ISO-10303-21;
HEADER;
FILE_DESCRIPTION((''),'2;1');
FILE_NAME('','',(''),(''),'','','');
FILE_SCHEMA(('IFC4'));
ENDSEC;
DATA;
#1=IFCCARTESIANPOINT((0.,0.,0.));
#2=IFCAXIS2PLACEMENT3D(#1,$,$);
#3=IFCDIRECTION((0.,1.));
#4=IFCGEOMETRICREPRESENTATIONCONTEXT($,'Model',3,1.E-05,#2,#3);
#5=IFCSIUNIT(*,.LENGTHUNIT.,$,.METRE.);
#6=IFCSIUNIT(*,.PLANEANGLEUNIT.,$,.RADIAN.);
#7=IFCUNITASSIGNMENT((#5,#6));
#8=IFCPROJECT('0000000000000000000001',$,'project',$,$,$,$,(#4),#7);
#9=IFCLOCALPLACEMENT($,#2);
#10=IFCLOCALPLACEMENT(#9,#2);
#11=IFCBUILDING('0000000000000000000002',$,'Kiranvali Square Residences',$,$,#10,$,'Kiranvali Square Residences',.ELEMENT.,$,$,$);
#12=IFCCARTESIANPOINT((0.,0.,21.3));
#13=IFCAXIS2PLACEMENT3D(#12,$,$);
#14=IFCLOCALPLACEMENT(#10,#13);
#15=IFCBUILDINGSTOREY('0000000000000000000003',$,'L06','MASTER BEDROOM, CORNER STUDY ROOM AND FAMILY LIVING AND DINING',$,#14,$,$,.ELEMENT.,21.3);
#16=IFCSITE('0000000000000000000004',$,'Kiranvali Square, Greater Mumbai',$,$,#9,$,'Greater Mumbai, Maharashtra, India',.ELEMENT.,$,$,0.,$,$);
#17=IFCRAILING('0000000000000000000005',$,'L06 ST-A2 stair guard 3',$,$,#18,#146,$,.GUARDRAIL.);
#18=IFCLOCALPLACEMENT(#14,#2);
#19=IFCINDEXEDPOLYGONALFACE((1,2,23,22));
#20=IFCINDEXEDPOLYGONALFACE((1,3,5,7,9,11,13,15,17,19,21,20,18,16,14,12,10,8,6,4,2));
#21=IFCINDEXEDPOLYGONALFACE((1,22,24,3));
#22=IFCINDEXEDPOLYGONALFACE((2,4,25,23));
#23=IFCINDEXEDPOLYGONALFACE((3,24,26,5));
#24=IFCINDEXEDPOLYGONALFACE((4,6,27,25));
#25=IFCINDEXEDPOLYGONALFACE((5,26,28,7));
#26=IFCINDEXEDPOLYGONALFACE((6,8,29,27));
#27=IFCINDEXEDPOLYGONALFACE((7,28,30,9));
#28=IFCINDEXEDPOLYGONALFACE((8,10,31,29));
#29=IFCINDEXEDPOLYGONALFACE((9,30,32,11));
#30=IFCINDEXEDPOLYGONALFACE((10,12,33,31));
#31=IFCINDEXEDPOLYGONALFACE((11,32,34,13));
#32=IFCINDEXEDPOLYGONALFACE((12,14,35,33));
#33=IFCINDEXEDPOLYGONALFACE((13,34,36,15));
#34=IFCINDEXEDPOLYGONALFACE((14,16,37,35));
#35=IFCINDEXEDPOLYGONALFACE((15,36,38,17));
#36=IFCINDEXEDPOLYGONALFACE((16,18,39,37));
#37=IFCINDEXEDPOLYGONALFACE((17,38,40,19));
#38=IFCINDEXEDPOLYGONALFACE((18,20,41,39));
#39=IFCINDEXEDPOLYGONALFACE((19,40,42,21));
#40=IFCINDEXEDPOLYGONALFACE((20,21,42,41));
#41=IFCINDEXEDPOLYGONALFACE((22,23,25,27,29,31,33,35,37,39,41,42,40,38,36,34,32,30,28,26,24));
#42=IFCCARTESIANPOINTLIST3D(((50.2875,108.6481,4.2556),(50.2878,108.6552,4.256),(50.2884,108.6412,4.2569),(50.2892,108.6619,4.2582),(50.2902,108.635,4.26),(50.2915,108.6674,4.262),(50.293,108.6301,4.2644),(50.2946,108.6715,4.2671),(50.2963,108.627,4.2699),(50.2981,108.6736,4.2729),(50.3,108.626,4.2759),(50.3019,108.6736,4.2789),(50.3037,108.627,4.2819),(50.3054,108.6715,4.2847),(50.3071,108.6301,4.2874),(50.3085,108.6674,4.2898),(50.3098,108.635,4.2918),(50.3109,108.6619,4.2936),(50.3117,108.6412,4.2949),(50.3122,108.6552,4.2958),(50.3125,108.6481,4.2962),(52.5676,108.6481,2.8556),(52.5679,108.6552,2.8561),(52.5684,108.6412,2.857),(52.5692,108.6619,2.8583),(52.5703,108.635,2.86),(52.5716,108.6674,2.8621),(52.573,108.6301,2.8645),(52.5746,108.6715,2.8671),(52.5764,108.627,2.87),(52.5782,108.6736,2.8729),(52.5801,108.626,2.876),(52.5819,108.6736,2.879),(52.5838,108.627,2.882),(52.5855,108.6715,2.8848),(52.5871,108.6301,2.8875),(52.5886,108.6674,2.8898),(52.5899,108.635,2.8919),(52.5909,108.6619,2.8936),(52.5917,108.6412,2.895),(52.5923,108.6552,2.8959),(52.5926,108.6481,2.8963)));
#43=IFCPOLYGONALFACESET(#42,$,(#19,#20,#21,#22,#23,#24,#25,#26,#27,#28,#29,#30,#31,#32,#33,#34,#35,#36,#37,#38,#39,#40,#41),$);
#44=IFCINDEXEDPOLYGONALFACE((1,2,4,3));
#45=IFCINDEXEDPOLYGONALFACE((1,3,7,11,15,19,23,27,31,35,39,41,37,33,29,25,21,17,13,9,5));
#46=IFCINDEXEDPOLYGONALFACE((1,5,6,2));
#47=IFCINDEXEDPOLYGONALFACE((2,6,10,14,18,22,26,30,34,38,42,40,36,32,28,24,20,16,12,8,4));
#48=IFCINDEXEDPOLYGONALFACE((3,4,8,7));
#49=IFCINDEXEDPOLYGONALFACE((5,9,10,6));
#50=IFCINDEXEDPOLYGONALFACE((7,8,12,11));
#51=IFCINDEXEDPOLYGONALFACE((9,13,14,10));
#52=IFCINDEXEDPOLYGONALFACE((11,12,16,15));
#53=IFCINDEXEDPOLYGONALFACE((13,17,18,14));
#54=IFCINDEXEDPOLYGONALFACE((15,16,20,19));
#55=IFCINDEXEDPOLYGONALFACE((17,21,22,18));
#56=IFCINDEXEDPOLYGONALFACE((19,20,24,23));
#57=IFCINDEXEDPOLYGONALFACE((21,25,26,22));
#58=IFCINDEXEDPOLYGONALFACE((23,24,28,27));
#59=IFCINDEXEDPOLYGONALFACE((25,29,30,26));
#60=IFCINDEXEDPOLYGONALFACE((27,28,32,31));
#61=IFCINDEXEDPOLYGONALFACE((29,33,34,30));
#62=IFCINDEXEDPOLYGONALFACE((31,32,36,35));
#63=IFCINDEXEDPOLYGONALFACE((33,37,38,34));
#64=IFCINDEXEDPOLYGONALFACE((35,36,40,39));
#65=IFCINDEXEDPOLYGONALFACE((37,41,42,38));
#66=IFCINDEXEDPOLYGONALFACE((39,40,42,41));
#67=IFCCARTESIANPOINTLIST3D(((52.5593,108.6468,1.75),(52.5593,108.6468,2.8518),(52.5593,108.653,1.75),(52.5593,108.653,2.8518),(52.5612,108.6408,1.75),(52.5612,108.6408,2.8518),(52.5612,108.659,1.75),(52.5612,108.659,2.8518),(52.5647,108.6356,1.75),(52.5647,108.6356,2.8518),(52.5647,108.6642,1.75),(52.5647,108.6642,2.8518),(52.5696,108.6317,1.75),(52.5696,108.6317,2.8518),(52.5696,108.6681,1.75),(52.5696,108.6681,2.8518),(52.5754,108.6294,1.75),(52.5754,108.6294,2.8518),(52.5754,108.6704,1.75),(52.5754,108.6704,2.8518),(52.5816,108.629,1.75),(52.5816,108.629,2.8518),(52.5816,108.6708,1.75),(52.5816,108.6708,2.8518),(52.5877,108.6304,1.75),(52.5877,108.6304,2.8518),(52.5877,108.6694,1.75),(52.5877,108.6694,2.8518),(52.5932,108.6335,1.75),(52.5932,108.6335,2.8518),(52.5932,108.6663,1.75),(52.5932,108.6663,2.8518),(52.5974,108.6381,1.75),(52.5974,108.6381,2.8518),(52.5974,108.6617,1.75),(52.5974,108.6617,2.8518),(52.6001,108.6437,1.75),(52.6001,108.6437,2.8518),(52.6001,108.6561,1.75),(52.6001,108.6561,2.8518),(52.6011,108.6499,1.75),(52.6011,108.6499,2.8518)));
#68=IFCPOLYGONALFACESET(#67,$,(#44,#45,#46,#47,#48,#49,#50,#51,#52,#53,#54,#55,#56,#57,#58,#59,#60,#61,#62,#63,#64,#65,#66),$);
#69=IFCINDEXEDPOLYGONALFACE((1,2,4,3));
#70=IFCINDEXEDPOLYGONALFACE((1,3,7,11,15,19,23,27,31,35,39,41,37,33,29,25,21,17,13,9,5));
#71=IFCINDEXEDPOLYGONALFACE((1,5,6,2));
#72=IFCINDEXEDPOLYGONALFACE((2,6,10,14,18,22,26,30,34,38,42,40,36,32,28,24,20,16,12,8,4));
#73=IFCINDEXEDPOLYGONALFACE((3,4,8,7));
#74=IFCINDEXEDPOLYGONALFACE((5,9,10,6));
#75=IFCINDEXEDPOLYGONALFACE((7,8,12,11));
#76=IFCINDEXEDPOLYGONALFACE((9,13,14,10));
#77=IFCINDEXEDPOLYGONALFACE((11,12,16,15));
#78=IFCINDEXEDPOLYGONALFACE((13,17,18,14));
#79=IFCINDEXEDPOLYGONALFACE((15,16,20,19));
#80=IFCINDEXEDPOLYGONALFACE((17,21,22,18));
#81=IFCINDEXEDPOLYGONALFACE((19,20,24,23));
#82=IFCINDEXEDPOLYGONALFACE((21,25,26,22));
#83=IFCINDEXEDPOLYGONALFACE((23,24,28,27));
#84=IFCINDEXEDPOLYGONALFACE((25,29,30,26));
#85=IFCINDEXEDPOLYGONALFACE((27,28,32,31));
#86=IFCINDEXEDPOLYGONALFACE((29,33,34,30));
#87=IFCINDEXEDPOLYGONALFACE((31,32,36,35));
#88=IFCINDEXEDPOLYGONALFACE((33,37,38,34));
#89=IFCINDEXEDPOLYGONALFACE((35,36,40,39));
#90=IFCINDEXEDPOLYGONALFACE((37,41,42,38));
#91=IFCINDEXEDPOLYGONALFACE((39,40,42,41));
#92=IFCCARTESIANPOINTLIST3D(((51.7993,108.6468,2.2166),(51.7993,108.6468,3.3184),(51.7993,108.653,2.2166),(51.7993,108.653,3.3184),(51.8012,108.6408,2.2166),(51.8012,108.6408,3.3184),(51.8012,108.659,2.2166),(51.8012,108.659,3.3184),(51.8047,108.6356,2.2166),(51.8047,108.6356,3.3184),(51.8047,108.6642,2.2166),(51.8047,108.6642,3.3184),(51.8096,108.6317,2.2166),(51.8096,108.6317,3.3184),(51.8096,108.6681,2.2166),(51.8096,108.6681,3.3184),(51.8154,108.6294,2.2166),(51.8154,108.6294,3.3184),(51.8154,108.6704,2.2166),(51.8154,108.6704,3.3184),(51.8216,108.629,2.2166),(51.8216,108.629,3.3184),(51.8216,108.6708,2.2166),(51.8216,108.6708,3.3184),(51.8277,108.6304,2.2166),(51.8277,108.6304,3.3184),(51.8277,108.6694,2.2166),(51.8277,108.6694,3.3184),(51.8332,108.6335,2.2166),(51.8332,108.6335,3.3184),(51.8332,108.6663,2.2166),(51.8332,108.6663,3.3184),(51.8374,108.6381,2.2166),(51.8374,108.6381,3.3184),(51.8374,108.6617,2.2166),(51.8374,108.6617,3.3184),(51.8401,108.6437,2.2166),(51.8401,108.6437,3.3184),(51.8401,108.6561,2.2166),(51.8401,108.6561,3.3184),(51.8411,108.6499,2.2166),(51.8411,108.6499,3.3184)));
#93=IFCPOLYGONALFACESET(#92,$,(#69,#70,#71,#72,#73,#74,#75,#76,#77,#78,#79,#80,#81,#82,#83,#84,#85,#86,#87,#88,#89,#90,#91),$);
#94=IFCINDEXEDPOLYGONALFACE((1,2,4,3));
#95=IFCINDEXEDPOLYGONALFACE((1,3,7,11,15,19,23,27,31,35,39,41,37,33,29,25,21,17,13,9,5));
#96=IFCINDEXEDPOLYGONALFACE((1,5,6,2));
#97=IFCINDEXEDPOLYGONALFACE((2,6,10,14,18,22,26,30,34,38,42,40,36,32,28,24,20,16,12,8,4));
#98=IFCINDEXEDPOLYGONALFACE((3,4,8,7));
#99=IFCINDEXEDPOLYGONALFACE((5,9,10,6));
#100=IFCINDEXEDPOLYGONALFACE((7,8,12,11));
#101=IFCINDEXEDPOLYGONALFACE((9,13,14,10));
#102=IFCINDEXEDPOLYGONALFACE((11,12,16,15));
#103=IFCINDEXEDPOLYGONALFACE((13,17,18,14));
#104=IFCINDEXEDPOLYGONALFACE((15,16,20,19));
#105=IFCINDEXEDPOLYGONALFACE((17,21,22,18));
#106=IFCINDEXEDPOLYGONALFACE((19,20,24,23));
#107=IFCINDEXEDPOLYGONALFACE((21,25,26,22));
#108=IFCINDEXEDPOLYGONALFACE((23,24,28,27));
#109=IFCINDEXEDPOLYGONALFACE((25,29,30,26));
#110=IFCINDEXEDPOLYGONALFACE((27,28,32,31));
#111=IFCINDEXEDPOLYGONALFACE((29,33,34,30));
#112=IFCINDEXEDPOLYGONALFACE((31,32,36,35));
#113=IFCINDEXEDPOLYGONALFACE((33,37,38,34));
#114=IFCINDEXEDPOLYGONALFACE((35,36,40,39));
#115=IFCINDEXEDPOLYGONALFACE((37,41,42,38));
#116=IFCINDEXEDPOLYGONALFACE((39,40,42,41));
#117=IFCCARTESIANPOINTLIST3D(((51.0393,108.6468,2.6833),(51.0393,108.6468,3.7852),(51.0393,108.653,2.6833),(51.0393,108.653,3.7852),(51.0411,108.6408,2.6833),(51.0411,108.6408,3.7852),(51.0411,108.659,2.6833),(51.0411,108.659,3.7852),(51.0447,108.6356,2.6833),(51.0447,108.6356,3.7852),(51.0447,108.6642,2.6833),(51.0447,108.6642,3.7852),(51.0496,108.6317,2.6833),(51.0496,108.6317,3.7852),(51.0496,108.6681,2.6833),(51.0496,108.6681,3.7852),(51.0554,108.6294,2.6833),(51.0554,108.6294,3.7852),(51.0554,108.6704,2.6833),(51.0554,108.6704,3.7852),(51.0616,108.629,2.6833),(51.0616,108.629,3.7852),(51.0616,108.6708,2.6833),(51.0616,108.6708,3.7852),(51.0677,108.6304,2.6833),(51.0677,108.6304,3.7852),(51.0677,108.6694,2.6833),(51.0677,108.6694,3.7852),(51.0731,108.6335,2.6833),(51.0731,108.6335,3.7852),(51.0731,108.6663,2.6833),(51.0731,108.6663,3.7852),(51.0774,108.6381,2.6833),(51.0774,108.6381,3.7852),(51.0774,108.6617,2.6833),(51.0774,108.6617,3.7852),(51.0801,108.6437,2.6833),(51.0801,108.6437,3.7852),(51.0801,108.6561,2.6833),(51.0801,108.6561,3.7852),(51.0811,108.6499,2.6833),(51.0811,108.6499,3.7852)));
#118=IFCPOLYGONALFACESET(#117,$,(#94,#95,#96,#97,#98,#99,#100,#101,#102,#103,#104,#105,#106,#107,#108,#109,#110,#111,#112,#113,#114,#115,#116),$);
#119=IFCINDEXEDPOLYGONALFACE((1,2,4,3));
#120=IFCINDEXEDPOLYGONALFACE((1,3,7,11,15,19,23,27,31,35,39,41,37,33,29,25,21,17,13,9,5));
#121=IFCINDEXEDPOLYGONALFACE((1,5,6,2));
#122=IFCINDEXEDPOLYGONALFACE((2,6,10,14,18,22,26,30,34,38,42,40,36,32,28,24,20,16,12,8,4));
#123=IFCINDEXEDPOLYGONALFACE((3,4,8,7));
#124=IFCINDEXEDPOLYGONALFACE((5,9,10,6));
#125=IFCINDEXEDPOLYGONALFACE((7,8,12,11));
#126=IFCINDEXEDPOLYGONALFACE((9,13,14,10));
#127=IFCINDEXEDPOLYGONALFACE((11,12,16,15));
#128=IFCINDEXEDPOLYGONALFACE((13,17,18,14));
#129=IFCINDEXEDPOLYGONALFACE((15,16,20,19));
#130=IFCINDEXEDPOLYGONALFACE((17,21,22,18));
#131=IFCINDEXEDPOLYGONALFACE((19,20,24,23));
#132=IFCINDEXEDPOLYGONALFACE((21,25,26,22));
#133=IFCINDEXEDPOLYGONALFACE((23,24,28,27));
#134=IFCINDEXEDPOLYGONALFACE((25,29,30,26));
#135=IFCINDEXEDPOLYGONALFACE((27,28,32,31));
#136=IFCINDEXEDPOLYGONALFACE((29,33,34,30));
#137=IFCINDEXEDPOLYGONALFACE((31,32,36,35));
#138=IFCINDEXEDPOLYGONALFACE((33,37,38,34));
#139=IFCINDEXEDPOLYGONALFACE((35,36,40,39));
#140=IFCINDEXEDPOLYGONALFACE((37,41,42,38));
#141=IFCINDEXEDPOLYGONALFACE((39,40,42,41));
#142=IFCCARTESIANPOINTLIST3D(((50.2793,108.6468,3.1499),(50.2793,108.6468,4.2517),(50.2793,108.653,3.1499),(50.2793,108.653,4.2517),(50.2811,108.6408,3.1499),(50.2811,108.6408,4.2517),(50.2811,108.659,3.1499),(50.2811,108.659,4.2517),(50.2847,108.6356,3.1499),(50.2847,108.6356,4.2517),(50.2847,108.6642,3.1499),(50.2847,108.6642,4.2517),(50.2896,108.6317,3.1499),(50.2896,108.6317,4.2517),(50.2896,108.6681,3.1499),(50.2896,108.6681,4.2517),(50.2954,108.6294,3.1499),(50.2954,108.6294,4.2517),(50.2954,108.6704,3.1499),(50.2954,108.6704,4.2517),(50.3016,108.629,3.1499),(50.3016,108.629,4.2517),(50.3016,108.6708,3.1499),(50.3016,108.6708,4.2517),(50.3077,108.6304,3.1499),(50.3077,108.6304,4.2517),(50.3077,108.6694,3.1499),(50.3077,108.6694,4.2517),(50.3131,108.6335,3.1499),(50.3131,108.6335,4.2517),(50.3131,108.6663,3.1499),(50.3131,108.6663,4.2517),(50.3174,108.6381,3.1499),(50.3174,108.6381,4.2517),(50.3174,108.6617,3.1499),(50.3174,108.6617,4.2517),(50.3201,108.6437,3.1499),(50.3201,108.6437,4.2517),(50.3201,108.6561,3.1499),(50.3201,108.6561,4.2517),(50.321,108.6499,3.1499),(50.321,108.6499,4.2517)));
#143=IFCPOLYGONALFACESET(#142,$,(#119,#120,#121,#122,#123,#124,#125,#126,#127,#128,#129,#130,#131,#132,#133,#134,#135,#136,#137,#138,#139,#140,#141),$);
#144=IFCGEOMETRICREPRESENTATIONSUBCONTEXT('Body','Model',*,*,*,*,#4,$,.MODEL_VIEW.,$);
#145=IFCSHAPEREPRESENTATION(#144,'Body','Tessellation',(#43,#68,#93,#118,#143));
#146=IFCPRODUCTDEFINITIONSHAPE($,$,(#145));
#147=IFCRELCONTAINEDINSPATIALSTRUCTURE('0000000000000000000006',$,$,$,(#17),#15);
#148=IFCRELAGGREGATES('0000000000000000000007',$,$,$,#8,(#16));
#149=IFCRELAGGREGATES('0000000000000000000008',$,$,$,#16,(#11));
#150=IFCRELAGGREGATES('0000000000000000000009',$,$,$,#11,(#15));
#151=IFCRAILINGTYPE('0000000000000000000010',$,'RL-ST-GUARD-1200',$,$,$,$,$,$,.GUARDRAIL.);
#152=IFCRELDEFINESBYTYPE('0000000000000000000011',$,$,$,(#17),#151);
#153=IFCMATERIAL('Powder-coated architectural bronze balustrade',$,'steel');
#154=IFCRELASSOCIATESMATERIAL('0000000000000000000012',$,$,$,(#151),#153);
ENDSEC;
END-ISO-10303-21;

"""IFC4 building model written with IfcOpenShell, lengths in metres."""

from ifc_helpers import new_model, si_unit, direction, frame, origin, origin_2d, place, context, subcontext, project, spatial, circle, extrude, material, type_object, element, save


model = new_model("IFC4")

# Units and contexts
model_context = context("Model", 3, precision=1e-05, world=origin(), true_north=direction((0.0, 1.0)))
body_context = subcontext(model_context, "Body", "Model", "MODEL_VIEW")
ifc_project = project(units=[si_unit("LENGTHUNIT", "METRE"), si_unit("PLANEANGLEUNIT", "RADIAN")], contexts=[model_context])

# Site, building, storey
site_placement = place(None, origin())
site = spatial("IfcSite", under=ifc_project, at=site_placement, Name="Kiranvali Square, Greater Mumbai", LongName="Greater Mumbai, Maharashtra, India", CompositionType="ELEMENT", RefElevation=0.0)
building_placement = place(site_placement, origin())
building = spatial("IfcBuilding", under=site, at=building_placement, Name="Kiranvali Square Residences", LongName="Kiranvali Square Residences", CompositionType="ELEMENT")
storey_placement = place(building_placement, frame((0.0, 0.0, 21.3)))
storey = spatial("IfcBuildingStorey", under=building, at=storey_placement, Name="L06", Description="MASTER BEDROOM, CORNER STUDY ROOM AND FAMILY LIVING AND DINING", CompositionType="ELEMENT", Elevation=21.3)

# Railing
ifc_material_1 = material(Name="Powder-coated architectural bronze balustrade", Category="steel")
railing_type_1 = type_object("IfcRailingType", Name="RL-ST-GUARD-1200", PredefinedType="GUARDRAIL", material=ifc_material_1)
railing_1_placement = place(storey_placement, frame((52.5801, 108.6499, 1.75)))
element("IfcRailing", 1, at=railing_1_placement, inside=storey, type_object=railing_type_1, Name="L06 ST-A2 stair guard 3", PredefinedType="GUARDRAIL", context=body_context, shape_type="SweptSolid", body=[
    extrude(circle(Radius=0.0239, at=origin_2d()), frame((0.0, 0.0, 1.126), z_axis=(-0.85219, 0.0, 0.523232), x_axis=(0.0, -1.0, 0.0)), (0.0, 0.0, 1.0), 2.6755),
    extrude(circle(Radius=0.021, at=origin_2d()), origin(), (0.0, 0.0, 1.0), 1.1018),
    extrude(circle(Radius=0.021, at=origin_2d()), frame((-0.76, 0.0, 0.4666)), (0.0, 0.0, 1.0), 1.1018),
    extrude(circle(Radius=0.021, at=origin_2d()), frame((-1.52, 0.0, 0.9333)), (0.0, 0.0, 1.0), 1.1018),
    extrude(circle(Radius=0.021, at=origin_2d()), frame((-2.28, 0.0, 1.3999)), (0.0, 0.0, 1.0), 1.1018),
])

save(model, "model.ifc")
